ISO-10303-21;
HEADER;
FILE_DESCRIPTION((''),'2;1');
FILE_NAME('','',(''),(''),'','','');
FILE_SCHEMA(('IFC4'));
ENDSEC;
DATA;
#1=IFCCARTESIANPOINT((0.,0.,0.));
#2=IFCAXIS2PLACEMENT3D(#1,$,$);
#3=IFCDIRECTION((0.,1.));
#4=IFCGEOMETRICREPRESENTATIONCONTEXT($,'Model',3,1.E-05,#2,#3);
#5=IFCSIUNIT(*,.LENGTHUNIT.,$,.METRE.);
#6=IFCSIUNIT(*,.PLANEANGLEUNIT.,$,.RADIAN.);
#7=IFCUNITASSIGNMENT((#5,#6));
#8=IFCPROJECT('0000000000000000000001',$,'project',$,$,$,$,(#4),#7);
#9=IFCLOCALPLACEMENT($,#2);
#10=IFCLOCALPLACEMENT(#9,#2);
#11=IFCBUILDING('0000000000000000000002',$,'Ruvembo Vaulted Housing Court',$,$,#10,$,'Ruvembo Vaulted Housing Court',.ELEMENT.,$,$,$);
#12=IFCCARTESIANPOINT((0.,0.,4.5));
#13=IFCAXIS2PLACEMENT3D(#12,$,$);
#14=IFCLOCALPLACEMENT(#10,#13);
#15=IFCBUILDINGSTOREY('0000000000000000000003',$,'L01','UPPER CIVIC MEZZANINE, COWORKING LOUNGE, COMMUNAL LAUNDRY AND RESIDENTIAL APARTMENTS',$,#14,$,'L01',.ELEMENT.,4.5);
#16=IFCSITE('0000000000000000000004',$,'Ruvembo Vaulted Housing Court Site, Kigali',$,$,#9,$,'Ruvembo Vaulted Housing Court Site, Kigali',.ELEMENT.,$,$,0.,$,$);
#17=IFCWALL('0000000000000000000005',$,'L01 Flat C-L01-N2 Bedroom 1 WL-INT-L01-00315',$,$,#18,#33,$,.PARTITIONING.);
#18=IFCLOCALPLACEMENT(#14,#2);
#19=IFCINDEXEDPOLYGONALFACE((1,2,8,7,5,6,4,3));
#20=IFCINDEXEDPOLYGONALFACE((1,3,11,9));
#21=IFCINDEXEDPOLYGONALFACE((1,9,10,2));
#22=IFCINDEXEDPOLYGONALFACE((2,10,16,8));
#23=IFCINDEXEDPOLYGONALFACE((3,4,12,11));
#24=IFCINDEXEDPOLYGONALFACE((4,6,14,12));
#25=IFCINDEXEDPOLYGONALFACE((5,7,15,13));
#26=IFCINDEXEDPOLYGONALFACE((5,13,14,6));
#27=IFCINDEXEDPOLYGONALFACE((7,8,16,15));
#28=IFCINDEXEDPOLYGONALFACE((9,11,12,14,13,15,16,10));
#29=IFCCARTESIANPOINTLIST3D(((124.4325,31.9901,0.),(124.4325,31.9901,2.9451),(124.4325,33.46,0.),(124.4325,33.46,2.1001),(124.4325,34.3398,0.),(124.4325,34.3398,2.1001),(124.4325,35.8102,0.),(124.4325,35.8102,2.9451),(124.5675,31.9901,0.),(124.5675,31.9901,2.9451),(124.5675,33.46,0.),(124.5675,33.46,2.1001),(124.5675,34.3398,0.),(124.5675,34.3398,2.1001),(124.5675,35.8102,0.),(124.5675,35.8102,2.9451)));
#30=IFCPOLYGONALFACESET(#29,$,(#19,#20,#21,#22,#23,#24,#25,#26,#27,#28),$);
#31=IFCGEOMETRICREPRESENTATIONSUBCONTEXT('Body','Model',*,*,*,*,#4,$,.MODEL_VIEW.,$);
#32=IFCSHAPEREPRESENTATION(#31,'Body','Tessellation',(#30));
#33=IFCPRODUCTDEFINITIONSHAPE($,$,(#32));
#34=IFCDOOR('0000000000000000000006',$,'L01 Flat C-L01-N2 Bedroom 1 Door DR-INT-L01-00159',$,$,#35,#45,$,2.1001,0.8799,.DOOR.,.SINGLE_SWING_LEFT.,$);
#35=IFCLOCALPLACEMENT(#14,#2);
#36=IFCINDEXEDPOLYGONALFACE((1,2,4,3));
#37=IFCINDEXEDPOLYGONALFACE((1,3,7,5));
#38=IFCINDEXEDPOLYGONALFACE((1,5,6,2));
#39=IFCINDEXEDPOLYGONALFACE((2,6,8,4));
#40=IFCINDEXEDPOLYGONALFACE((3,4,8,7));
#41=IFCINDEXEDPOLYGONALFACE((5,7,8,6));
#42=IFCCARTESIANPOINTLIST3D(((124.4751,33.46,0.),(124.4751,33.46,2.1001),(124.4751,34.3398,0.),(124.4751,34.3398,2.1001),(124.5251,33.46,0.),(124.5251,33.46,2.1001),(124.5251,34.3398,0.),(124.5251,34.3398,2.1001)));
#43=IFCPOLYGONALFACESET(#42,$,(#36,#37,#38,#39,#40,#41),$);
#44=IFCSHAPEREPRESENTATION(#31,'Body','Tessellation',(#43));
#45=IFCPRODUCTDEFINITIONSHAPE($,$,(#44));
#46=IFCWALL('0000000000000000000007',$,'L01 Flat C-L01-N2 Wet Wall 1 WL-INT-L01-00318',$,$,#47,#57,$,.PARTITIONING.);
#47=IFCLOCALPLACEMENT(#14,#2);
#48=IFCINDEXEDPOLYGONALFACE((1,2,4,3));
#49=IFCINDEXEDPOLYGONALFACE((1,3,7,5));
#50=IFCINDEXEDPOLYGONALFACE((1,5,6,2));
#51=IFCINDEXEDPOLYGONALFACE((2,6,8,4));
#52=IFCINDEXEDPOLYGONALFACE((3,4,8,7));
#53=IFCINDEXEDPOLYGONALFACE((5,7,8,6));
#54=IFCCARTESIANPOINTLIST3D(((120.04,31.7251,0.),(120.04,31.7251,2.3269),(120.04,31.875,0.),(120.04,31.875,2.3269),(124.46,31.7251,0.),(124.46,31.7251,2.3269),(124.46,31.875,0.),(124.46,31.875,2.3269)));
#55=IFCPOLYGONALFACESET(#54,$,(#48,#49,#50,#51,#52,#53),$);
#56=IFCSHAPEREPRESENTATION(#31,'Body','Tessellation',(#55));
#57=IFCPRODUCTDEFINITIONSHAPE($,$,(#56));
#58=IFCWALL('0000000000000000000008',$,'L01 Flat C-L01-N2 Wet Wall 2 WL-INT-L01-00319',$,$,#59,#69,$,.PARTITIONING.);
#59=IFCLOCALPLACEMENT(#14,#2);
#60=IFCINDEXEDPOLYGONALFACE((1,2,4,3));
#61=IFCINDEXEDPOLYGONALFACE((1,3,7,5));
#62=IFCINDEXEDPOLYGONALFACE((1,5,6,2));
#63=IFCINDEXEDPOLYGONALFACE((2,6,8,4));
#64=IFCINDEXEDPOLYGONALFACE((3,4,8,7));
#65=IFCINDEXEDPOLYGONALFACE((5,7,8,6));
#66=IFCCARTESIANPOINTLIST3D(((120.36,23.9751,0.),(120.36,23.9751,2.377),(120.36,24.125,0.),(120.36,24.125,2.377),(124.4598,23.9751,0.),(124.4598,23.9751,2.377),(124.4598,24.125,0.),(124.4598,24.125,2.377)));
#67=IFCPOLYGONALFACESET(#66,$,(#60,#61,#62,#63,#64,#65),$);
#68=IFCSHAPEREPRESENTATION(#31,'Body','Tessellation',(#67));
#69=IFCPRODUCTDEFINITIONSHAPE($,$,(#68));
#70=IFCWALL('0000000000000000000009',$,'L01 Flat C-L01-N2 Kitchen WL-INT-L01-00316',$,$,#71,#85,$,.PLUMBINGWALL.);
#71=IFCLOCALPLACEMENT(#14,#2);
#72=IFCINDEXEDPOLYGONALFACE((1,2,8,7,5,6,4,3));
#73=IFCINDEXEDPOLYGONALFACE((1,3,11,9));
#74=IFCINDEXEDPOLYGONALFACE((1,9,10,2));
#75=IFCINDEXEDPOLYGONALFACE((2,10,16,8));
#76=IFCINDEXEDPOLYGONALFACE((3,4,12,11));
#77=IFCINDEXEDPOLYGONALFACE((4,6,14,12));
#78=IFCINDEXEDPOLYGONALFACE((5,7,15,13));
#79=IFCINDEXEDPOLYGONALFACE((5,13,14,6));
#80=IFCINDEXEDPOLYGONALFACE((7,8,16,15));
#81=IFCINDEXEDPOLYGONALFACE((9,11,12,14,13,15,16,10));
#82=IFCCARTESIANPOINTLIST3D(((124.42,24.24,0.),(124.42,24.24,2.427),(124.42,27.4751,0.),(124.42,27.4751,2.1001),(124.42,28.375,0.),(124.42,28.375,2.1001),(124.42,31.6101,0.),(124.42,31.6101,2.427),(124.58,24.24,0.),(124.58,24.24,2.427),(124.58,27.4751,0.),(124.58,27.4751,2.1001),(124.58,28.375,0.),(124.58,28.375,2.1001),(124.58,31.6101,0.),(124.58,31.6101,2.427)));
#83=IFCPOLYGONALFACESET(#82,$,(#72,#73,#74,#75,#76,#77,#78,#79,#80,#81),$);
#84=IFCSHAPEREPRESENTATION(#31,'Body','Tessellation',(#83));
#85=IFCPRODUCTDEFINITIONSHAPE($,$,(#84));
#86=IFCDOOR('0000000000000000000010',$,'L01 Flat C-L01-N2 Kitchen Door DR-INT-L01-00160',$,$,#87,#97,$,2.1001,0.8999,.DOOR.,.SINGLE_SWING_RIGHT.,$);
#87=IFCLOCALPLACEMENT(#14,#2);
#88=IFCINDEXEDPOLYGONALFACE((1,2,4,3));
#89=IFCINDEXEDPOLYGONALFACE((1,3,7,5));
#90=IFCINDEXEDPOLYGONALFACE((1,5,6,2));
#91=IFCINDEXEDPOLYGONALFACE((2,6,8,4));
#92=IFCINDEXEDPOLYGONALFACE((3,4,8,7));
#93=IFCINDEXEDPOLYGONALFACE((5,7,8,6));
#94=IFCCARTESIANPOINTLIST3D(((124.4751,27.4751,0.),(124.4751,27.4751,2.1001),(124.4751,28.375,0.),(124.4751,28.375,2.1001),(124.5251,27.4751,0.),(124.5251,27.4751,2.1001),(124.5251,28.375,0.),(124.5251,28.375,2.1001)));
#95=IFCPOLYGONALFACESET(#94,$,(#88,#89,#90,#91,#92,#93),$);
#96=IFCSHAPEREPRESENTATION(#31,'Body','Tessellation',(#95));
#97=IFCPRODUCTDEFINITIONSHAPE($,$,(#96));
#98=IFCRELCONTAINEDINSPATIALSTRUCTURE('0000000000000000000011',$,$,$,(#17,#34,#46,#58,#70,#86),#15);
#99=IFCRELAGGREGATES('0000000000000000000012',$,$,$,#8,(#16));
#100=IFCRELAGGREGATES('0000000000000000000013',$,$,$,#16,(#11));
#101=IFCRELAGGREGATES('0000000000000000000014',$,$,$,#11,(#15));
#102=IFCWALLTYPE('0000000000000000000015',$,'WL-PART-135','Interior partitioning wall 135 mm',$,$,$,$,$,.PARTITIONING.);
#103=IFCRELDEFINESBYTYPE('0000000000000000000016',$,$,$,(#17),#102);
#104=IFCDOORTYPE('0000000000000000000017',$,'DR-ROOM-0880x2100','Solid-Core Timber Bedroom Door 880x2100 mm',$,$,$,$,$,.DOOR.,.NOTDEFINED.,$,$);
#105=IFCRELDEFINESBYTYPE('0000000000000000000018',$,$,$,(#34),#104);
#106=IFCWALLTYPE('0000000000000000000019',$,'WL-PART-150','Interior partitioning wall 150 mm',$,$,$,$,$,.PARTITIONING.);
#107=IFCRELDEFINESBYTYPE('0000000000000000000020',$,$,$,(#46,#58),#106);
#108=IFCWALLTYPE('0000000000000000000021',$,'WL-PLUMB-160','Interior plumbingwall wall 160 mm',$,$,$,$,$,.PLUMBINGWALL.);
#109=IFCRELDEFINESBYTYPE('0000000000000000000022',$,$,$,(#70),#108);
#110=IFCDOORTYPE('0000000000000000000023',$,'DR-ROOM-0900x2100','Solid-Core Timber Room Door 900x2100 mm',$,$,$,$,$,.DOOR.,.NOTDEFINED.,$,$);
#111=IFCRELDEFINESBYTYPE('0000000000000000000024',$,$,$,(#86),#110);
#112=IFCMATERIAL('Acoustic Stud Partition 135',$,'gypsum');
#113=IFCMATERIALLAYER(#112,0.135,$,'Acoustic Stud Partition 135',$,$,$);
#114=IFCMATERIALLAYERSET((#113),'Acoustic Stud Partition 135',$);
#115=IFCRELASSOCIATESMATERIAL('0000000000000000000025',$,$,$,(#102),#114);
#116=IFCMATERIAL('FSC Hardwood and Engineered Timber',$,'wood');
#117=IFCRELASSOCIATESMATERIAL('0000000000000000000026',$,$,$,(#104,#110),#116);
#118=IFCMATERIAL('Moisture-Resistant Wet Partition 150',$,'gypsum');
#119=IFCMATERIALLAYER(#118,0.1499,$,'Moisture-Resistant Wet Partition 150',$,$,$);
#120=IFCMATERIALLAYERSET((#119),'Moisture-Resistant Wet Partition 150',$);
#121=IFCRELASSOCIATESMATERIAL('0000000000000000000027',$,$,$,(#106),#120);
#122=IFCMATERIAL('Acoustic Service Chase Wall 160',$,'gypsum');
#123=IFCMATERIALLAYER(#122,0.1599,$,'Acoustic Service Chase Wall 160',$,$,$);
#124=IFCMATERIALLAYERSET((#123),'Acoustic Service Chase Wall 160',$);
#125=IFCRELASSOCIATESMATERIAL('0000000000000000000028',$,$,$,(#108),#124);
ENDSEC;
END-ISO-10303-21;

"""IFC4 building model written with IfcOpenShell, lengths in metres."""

from ifc_helpers import new_model, si_unit, direction, frame, frame_2d, origin, place, context, subcontext, project, spatial, rectangle, extrude, material, layer, layer_set, type_object, element, fill, save


model = new_model("IFC4")

# Units and contexts
model_context = context("Model", 3, precision=1e-05, world=origin(), true_north=direction((0.0, 1.0)))
body_context = subcontext(model_context, "Body", "Model", "MODEL_VIEW")
ifc_project = project(units=[si_unit("LENGTHUNIT", "METRE"), si_unit("PLANEANGLEUNIT", "RADIAN")], contexts=[model_context])

# Site, building, storey
site_placement = place(None, origin())
site = spatial("IfcSite", under=ifc_project, at=site_placement, Name="Ruvembo Vaulted Housing Court Site, Kigali", LongName="Ruvembo Vaulted Housing Court Site, Kigali", CompositionType="ELEMENT", RefElevation=0.0)
building_placement = place(site_placement, origin())
building = spatial("IfcBuilding", under=site, at=building_placement, Name="Ruvembo Vaulted Housing Court", LongName="Ruvembo Vaulted Housing Court", CompositionType="ELEMENT")
storey_placement = place(building_placement, frame((0.0, 0.0, 4.5)))
storey = spatial("IfcBuildingStorey", under=building, at=storey_placement, Name="L01", Description="UPPER CIVIC MEZZANINE, COWORKING LOUNGE, COMMUNAL LAUNDRY AND RESIDENTIAL APARTMENTS", LongName="L01", CompositionType="ELEMENT", Elevation=4.5)

# Wall, opening, door
ifc_material_1 = material(Name="Acoustic Stud Partition 135", Category="gypsum")
ifc_layer_1 = layer(ifc_material_1, 0.135, Name="Acoustic Stud Partition 135")
ifc_layer_set_1 = layer_set([ifc_layer_1], Name="Acoustic Stud Partition 135")
wall_type_1 = type_object("IfcWallType", Name="WL-PART-135", Description="Interior partitioning wall 135 mm", PredefinedType="PARTITIONING", material=ifc_layer_set_1)
wall_1_placement = place(storey_placement, frame((124.5, 31.99, 0.0), z_axis=(0.0, 0.0, 1.0), x_axis=(0.0, 1.0, 0.0)))
wall_1 = element("IfcWall", 1, at=wall_1_placement, inside=storey, type_object=wall_type_1, Name="L01 Flat C-L01-N2 Bedroom 1 WL-INT-L01-00315", PredefinedType="PARTITIONING", context=body_context, shape_type="SweptSolid", body=[
    extrude(rectangle(XDim=3.8201, YDim=0.135, at=frame_2d((1.9102, 0.0))), origin(), (0.0, 0.0, 1.0), 2.9451),
])
opening_1_placement = place(wall_1_placement, frame((1.47, 0.0, 0.0)))
opening_1 = element("IfcOpeningElement", 2, at=opening_1_placement, cuts=wall_1, PredefinedType="OPENING", context=body_context, shape_type="SweptSolid", body=[
    extrude(rectangle(XDim=0.8799, YDim=2.1001, at=frame_2d((0.4399, 1.05))), frame((0.0, 0.0774, 0.0), z_axis=(0.0, -1.0, 0.0), x_axis=(1.0, 0.0, 0.0)), (0.0, 0.0, 1.0), 0.155),
])
ifc_material_2 = material(Name="FSC Hardwood and Engineered Timber", Category="wood")
door_type_1 = type_object("IfcDoorType", Name="DR-ROOM-0880x2100", Description="Solid-Core Timber Bedroom Door 880x2100 mm", OperationType="NOTDEFINED", PredefinedType="DOOR", material=ifc_material_2)
door_1_placement = place(opening_1_placement, origin())
door_1 = element("IfcDoor", 3, at=door_1_placement, inside=storey, type_object=door_type_1, Name="L01 Flat C-L01-N2 Bedroom 1 Door DR-INT-L01-00159", OperationType="SINGLE_SWING_LEFT", OverallHeight=2.1001, OverallWidth=0.8799, PredefinedType="DOOR", context=body_context, shape_type="SweptSolid", body=[
    extrude(rectangle(XDim=0.8799, YDim=2.1001, at=frame_2d((0.4399, 1.05))), frame((0.0, 0.0249, 0.0), z_axis=(0.0, -1.0, 0.0), x_axis=(1.0, 0.0, 0.0)), (0.0, 0.0, 1.0), 0.05),
])
fill(opening_1, door_1)

# Walls
ifc_material_3 = material(Name="Moisture-Resistant Wet Partition 150", Category="gypsum")
ifc_layer_2 = layer(ifc_material_3, 0.1499, Name="Moisture-Resistant Wet Partition 150")
ifc_layer_set_2 = layer_set([ifc_layer_2], Name="Moisture-Resistant Wet Partition 150")
wall_type_2 = type_object("IfcWallType", Name="WL-PART-150", Description="Interior partitioning wall 150 mm", PredefinedType="PARTITIONING", material=ifc_layer_set_2)
wall_2_placement = place(storey_placement, frame((120.04, 31.8, 0.0), z_axis=(0.0, 0.0, 1.0), x_axis=(1.0, 0.0, 0.0)))
element("IfcWall", 4, at=wall_2_placement, inside=storey, type_object=wall_type_2, Name="L01 Flat C-L01-N2 Wet Wall 1 WL-INT-L01-00318", PredefinedType="PARTITIONING", context=body_context, shape_type="SweptSolid", body=[
    extrude(rectangle(XDim=4.4199, YDim=0.1499, at=frame_2d((2.21, 0.0))), origin(), (0.0, 0.0, 1.0), 2.3269),
])
wall_3_placement = place(storey_placement, frame((120.3601, 24.05, 0.0), z_axis=(0.0, 0.0, 1.0), x_axis=(1.0, 0.0, 0.0)))
element("IfcWall", 5, at=wall_3_placement, inside=storey, type_object=wall_type_2, Name="L01 Flat C-L01-N2 Wet Wall 2 WL-INT-L01-00319", PredefinedType="PARTITIONING", context=body_context, shape_type="SweptSolid", body=[
    extrude(rectangle(XDim=4.0999, YDim=0.1499, at=frame_2d((2.0498, 0.0))), origin(), (0.0, 0.0, 1.0), 2.377),
])

# Wall, opening, door
ifc_material_4 = material(Name="Acoustic Service Chase Wall 160", Category="gypsum")
ifc_layer_3 = layer(ifc_material_4, 0.1599, Name="Acoustic Service Chase Wall 160")
ifc_layer_set_3 = layer_set([ifc_layer_3], Name="Acoustic Service Chase Wall 160")
wall_type_3 = type_object("IfcWallType", Name="WL-PLUMB-160", Description="Interior plumbingwall wall 160 mm", PredefinedType="PLUMBINGWALL", material=ifc_layer_set_3)
wall_4_placement = place(storey_placement, frame((124.5, 24.24, 0.0), z_axis=(0.0, 0.0, 1.0), x_axis=(0.0, 1.0, 0.0)))
wall_4 = element("IfcWall", 6, at=wall_4_placement, inside=storey, type_object=wall_type_3, Name="L01 Flat C-L01-N2 Kitchen WL-INT-L01-00316", PredefinedType="PLUMBINGWALL", context=body_context, shape_type="SweptSolid", body=[
    extrude(rectangle(XDim=7.3701, YDim=0.1599, at=frame_2d((3.6851, 0.0))), origin(), (0.0, 0.0, 1.0), 2.427),
])
opening_2_placement = place(wall_4_placement, frame((3.2351, 0.0, 0.0)))
opening_2 = element("IfcOpeningElement", 7, at=opening_2_placement, cuts=wall_4, PredefinedType="OPENING", context=body_context, shape_type="SweptSolid", body=[
    extrude(rectangle(XDim=0.8999, YDim=2.1001, at=frame_2d((0.45, 1.05))), frame((0.0, 0.0898, 0.0), z_axis=(0.0, -1.0, 0.0), x_axis=(1.0, 0.0, 0.0)), (0.0, 0.0, 1.0), 0.1799),
])
door_type_2 = type_object("IfcDoorType", Name="DR-ROOM-0900x2100", Description="Solid-Core Timber Room Door 900x2100 mm", OperationType="NOTDEFINED", PredefinedType="DOOR", material=ifc_material_2)
door_2_placement = place(opening_2_placement, origin())
door_2 = element("IfcDoor", 8, at=door_2_placement, inside=storey, type_object=door_type_2, Name="L01 Flat C-L01-N2 Kitchen Door DR-INT-L01-00160", OperationType="SINGLE_SWING_RIGHT", OverallHeight=2.1001, OverallWidth=0.8999, PredefinedType="DOOR", context=body_context, shape_type="SweptSolid", body=[
    extrude(rectangle(XDim=0.8999, YDim=2.1001, at=frame_2d((0.45, 1.05))), frame((0.0, 0.0249, 0.0), z_axis=(0.0, -1.0, 0.0), x_axis=(1.0, 0.0, 0.0)), (0.0, 0.0, 1.0), 0.05),
])
fill(opening_2, door_2)

save(model, "model.ifc")
